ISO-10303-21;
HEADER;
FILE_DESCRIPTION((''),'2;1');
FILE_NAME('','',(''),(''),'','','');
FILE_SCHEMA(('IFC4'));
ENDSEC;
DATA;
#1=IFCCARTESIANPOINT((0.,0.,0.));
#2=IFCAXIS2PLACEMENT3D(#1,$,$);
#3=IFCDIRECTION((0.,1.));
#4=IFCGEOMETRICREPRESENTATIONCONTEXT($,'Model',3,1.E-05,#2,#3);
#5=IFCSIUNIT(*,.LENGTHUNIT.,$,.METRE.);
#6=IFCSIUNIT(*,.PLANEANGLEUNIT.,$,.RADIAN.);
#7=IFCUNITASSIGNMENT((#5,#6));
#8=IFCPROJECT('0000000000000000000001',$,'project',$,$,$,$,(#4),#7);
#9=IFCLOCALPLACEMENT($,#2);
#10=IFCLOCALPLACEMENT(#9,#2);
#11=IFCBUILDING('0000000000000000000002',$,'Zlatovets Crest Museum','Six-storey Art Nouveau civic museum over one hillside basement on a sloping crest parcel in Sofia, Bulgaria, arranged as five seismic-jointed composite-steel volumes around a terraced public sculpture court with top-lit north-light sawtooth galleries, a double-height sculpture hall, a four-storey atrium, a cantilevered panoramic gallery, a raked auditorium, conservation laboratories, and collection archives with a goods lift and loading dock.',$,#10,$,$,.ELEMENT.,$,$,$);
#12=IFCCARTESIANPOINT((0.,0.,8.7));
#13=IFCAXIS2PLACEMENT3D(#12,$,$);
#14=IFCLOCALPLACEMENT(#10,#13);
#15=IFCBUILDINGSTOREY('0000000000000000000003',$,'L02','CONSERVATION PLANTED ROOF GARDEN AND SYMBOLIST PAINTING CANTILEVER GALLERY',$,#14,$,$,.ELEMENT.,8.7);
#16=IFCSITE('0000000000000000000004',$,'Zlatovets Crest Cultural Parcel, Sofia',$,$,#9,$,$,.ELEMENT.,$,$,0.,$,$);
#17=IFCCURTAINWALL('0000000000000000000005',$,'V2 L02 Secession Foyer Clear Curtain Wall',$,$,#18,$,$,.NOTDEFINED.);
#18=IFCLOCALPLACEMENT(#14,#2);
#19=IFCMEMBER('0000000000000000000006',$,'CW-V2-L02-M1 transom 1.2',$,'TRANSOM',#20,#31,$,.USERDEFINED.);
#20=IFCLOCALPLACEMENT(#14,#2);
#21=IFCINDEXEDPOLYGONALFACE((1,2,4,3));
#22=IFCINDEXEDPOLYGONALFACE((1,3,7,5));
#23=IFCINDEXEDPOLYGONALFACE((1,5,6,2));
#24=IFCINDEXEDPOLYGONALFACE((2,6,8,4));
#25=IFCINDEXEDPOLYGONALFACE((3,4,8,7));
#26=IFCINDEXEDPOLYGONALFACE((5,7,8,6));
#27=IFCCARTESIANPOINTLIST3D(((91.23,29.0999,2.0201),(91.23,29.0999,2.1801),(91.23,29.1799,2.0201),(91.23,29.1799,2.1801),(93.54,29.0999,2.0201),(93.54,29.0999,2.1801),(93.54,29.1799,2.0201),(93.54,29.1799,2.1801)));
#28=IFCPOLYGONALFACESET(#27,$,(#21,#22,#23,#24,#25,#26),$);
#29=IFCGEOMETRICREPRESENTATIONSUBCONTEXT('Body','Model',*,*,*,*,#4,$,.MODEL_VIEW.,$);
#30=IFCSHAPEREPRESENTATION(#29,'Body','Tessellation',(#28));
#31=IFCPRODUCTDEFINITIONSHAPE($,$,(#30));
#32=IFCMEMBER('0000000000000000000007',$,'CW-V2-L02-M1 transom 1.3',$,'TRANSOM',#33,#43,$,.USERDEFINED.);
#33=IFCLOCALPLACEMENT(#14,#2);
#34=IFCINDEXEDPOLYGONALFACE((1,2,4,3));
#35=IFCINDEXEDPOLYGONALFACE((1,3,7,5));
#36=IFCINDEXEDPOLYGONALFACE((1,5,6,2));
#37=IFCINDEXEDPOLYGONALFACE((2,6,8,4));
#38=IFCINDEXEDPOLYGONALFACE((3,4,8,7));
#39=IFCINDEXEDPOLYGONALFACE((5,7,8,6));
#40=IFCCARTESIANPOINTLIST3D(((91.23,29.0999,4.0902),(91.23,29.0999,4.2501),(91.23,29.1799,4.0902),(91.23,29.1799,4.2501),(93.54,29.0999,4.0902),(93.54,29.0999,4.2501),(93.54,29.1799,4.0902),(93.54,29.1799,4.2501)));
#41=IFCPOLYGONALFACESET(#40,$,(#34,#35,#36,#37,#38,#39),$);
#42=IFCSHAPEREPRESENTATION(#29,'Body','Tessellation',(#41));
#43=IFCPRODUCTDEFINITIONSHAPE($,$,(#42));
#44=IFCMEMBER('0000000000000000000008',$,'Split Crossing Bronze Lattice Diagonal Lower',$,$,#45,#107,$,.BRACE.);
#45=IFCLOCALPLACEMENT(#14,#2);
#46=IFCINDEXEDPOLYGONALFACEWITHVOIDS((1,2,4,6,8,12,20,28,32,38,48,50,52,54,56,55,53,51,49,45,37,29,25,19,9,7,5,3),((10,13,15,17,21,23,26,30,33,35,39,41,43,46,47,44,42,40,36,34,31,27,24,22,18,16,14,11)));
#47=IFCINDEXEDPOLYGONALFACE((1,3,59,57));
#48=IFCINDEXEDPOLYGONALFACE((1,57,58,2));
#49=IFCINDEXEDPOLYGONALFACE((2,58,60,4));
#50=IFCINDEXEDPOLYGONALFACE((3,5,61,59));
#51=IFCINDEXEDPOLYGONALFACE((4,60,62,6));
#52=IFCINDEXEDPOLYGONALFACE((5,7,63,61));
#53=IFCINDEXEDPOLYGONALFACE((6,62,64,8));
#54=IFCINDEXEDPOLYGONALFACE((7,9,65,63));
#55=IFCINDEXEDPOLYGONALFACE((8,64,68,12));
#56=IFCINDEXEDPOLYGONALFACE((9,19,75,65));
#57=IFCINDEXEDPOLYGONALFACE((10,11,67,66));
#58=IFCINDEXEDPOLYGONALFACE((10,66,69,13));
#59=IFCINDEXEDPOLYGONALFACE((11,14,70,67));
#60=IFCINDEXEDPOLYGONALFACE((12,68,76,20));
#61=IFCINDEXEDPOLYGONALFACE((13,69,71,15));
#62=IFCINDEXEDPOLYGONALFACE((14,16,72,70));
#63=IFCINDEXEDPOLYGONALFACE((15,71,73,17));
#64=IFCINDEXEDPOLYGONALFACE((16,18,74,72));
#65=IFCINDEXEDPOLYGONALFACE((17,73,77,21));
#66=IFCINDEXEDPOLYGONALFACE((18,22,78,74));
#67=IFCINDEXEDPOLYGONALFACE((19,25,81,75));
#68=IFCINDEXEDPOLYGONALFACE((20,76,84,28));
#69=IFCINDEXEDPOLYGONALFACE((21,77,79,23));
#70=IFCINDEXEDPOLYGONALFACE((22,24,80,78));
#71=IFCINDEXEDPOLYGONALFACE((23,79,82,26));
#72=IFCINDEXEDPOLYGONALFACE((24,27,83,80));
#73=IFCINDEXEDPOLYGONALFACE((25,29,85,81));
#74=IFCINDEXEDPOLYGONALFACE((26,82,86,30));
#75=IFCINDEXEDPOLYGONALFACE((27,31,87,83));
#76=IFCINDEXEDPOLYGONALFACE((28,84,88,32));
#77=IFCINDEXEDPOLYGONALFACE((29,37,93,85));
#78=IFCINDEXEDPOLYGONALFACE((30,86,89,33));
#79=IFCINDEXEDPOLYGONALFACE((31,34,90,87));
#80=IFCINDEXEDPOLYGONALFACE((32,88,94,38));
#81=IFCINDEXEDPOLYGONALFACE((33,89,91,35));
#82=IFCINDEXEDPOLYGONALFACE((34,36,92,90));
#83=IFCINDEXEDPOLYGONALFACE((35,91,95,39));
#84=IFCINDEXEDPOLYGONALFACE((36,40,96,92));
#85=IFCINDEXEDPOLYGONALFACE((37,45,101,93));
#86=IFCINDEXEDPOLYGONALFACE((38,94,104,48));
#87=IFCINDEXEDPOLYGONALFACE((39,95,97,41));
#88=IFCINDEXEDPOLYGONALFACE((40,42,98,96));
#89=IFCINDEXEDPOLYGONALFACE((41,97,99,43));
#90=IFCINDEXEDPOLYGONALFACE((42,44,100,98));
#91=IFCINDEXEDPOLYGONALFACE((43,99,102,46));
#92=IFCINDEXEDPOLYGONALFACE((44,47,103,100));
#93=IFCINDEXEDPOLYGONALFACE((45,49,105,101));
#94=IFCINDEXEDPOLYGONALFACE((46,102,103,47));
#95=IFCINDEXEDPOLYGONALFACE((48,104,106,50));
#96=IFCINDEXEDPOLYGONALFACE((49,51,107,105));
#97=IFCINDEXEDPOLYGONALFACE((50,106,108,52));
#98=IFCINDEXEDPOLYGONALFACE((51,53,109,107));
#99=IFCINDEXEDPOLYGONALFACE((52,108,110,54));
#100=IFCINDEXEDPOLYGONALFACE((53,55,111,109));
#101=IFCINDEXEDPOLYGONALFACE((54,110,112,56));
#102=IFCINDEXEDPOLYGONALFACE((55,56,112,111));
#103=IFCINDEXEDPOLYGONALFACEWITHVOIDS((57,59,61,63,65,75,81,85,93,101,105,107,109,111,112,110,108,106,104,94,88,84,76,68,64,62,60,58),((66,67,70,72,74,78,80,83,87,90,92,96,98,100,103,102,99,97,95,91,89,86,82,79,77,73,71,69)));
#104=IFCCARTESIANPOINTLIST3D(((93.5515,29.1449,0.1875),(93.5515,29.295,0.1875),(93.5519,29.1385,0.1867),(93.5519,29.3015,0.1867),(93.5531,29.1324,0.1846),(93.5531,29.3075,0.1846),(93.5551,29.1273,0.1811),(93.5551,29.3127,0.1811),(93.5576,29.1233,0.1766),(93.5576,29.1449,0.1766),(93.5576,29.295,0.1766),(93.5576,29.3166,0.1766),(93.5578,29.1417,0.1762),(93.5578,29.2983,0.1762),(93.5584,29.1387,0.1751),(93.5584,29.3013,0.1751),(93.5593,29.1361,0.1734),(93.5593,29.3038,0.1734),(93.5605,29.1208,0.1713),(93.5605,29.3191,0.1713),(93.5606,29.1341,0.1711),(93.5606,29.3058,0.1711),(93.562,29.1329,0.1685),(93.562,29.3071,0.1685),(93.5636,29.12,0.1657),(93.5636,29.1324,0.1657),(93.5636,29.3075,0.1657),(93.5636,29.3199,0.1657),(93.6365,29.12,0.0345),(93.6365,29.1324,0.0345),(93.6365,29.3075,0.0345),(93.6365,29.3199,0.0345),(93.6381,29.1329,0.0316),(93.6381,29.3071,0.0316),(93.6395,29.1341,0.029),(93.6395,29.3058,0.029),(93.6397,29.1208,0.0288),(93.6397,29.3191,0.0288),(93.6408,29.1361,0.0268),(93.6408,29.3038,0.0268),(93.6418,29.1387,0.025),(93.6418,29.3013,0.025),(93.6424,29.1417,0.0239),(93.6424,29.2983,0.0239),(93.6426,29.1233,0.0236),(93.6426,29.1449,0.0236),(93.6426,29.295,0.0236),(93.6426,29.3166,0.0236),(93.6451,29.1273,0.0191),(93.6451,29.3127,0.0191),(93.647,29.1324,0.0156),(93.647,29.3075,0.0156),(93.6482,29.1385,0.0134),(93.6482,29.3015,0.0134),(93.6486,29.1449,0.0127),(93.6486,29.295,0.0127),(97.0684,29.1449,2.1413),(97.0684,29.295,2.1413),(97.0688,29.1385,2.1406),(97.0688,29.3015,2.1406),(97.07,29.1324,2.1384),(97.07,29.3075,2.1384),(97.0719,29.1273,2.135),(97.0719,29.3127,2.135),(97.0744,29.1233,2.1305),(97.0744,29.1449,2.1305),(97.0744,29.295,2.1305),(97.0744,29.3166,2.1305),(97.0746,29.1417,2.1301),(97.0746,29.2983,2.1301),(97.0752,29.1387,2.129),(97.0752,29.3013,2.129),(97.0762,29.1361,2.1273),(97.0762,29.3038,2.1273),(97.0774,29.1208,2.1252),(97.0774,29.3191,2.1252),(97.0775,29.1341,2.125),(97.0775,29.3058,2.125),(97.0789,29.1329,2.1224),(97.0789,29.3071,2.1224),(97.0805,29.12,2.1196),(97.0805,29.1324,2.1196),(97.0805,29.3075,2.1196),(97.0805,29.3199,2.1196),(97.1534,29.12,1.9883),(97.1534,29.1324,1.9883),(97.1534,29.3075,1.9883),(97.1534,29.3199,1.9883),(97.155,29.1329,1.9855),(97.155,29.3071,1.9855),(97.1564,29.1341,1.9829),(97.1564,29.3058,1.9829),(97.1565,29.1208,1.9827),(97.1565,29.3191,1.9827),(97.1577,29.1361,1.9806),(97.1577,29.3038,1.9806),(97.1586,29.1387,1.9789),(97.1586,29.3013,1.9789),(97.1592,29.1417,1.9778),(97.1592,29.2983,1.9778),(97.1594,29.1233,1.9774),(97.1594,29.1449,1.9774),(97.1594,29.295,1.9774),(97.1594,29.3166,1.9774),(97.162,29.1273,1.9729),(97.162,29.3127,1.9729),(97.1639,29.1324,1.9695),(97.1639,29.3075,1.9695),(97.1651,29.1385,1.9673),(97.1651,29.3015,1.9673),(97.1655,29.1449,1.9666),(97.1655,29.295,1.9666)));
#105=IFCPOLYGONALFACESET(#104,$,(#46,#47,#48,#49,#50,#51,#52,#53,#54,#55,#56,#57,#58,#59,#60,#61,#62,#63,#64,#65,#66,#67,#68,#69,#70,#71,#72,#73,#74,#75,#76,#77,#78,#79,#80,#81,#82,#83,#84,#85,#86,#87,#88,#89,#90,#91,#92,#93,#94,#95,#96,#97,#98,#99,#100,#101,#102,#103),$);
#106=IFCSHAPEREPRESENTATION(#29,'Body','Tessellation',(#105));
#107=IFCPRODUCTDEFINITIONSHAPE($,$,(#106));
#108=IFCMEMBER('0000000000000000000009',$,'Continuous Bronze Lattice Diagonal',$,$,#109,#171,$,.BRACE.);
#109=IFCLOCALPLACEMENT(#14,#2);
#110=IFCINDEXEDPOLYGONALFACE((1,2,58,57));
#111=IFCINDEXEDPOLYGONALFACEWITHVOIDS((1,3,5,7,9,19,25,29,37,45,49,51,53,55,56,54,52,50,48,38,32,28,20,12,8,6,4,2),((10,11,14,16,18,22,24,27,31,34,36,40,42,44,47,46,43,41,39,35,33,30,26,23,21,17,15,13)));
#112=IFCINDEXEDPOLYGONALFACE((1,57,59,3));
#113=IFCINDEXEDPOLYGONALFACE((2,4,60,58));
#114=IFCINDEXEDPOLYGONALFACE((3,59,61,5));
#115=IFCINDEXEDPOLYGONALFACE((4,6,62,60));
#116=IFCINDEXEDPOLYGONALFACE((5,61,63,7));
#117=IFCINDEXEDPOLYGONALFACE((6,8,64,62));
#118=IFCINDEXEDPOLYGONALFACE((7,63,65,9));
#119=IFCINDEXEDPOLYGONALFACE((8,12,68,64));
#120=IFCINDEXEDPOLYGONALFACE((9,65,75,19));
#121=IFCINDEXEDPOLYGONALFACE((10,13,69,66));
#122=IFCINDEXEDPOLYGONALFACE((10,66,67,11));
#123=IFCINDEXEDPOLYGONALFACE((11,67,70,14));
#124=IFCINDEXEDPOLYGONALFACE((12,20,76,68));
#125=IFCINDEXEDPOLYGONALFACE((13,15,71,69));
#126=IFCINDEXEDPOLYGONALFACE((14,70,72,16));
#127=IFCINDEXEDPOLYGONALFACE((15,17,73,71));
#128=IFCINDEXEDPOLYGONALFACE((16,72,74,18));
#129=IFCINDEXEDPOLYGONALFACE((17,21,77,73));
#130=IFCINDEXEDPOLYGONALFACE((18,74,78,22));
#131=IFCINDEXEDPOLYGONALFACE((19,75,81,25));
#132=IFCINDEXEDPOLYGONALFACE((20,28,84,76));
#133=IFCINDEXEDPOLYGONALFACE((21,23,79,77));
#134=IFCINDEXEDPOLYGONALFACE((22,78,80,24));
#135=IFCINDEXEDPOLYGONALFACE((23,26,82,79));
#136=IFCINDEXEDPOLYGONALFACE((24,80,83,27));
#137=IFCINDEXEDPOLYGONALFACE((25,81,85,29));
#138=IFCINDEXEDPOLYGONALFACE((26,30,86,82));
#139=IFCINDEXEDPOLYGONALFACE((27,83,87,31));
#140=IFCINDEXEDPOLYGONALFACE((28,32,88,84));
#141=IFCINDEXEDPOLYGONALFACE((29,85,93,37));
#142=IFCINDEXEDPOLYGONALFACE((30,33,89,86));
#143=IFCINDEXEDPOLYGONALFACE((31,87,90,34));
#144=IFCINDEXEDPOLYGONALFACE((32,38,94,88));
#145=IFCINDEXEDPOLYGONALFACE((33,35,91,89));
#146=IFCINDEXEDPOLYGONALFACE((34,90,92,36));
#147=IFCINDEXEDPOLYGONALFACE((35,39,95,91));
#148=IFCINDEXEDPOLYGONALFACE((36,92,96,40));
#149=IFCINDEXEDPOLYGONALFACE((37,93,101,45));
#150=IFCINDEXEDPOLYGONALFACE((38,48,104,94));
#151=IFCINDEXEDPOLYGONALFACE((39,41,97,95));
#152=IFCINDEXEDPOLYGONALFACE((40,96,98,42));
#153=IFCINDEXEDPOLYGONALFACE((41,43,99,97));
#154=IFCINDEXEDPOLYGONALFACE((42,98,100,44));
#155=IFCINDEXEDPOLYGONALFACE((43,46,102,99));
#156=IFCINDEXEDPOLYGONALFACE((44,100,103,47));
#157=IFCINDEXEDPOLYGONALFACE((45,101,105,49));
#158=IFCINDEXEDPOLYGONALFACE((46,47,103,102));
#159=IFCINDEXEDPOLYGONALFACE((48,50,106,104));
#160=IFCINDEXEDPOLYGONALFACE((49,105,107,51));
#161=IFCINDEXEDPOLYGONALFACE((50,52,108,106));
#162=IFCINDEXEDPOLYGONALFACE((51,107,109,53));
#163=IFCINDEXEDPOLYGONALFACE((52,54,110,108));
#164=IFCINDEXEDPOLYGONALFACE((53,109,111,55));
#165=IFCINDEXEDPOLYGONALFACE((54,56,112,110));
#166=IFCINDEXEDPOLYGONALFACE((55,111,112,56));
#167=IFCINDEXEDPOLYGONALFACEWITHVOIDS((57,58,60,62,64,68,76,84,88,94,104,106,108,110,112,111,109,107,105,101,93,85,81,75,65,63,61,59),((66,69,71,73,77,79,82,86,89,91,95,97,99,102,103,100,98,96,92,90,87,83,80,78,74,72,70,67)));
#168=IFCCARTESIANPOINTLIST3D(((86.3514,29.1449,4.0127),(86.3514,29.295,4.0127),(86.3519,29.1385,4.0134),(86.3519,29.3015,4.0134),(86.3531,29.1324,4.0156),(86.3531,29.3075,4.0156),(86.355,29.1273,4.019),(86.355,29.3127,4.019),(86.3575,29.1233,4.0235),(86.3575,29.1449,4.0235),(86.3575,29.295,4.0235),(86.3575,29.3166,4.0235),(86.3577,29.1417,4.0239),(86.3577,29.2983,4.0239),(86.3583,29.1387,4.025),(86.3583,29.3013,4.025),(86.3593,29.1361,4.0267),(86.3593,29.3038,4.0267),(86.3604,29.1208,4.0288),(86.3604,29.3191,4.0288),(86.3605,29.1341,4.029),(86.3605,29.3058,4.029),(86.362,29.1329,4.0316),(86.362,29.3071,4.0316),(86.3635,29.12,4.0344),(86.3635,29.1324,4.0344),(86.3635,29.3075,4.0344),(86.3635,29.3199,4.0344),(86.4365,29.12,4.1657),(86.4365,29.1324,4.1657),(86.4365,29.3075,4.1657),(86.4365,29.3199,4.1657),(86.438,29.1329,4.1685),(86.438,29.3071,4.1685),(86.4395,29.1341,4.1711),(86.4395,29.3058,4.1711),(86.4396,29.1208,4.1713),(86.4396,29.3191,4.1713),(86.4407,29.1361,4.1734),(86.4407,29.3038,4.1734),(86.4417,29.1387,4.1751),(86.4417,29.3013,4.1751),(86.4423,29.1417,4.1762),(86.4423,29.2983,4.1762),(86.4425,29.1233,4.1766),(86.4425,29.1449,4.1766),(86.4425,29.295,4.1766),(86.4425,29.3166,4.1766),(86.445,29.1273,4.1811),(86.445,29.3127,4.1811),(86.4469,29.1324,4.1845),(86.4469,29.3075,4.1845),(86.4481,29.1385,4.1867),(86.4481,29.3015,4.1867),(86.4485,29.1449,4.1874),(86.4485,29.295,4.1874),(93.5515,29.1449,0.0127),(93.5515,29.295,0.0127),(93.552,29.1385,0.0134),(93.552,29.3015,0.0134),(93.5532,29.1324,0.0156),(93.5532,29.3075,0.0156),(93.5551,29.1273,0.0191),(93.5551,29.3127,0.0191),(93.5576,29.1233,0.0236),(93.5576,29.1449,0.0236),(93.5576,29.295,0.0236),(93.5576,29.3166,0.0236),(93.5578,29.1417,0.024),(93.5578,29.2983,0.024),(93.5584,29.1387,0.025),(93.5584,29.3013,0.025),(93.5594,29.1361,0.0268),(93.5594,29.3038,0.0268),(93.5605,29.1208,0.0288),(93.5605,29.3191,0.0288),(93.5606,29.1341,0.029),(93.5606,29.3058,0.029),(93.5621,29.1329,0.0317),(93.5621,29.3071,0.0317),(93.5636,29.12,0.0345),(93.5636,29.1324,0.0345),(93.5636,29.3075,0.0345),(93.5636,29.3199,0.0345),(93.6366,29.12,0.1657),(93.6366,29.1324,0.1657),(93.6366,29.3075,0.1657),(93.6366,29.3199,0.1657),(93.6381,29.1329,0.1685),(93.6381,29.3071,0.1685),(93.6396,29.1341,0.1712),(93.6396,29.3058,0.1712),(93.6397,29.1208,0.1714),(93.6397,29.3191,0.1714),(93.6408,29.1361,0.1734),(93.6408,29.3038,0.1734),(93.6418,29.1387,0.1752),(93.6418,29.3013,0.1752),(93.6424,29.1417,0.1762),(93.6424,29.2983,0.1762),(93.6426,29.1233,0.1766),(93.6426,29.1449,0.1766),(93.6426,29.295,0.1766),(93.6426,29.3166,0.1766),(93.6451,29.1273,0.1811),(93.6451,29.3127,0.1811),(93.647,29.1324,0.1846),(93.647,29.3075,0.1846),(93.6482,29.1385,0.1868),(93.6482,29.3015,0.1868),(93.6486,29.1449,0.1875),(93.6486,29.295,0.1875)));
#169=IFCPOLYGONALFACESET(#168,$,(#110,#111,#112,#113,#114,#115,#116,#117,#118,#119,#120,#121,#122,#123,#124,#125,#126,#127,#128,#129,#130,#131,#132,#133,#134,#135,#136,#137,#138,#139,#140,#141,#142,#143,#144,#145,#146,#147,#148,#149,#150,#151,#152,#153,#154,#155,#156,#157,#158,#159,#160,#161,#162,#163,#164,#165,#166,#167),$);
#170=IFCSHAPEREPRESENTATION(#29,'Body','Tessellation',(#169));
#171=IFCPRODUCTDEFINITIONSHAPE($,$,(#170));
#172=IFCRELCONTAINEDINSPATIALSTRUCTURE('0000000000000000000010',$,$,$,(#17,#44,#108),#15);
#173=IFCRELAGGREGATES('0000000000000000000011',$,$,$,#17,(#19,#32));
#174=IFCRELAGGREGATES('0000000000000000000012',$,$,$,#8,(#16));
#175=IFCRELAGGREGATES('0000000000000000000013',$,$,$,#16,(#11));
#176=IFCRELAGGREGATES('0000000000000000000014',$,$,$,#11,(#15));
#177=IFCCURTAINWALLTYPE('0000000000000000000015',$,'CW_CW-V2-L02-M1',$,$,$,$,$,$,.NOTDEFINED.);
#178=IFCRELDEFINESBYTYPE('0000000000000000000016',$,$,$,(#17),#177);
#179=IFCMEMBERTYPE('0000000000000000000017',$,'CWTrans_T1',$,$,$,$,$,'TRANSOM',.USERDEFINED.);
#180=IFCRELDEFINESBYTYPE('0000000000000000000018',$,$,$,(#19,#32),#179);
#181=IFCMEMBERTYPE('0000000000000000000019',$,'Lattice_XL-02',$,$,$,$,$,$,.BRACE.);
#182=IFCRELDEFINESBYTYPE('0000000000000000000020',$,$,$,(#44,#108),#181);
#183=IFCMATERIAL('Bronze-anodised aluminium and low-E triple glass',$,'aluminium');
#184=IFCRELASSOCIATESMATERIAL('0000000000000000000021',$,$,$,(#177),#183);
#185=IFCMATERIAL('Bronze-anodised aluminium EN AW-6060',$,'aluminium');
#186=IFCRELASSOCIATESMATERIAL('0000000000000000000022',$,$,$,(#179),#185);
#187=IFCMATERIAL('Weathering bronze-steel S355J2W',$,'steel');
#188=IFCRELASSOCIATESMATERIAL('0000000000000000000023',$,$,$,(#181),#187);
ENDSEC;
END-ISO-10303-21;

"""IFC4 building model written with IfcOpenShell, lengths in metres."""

from ifc_helpers import new_model, si_unit, direction, frame, origin, origin_2d, place, context, subcontext, project, spatial, rectangle, hollow_rectangle, extrude, material, material_profile, profile_set, type_object, element, aggregate, save


model = new_model("IFC4")

# Units and contexts
model_context = context("Model", 3, precision=1e-05, world=origin(), true_north=direction((0.0, 1.0)))
body_context = subcontext(model_context, "Body", "Model", "MODEL_VIEW")
ifc_project = project(units=[si_unit("LENGTHUNIT", "METRE"), si_unit("PLANEANGLEUNIT", "RADIAN")], contexts=[model_context])

# Site, building, storey
site_placement = place(None, origin())
site = spatial("IfcSite", under=ifc_project, at=site_placement, Name="Zlatovets Crest Cultural Parcel, Sofia", CompositionType="ELEMENT", RefElevation=0.0)
building_placement = place(site_placement, origin())
building = spatial("IfcBuilding", under=site, at=building_placement, Name="Zlatovets Crest Museum", Description="Six-storey Art Nouveau civic museum over one hillside basement on a sloping crest parcel in Sofia, Bulgaria, arranged as five seismic-jointed composite-steel volumes around a terraced public sculpture court with top-lit north-light sawtooth galleries, a double-height sculpture hall, a four-storey atrium, a cantilevered panoramic gallery, a raked auditorium, conservation laboratories, and collection archives with a goods lift and loading dock.", CompositionType="ELEMENT")
storey_placement = place(building_placement, frame((0.0, 0.0, 8.7)))
storey = spatial("IfcBuildingStorey", under=building, at=storey_placement, Name="L02", Description="CONSERVATION PLANTED ROOF GARDEN AND SYMBOLIST PAINTING CANTILEVER GALLERY", CompositionType="ELEMENT", Elevation=8.7)

# Shared definitions
ifc_material_1 = material(Name="Bronze-anodised aluminium and low-E triple glass", Category="aluminium")
ifc_material_2 = material(Name="Bronze-anodised aluminium EN AW-6060", Category="aluminium")

# Curtain wall
curtain_wall_type_1 = type_object("IfcCurtainWallType", Name="CW_CW-V2-L02-M1", PredefinedType="NOTDEFINED", material=ifc_material_1)
curtain_wall_1_placement = place(storey_placement, origin())
curtain_wall_1 = element("IfcCurtainWall", 1, at=curtain_wall_1_placement, inside=storey, type_object=curtain_wall_type_1, Name="V2 L02 Secession Foyer Clear Curtain Wall", PredefinedType="NOTDEFINED")

# Members
ifc_material_profile_1 = material_profile(ifc_material_2, rectangle(XDim=0.0801, YDim=0.1599, at=origin_2d()), Name="ALU 80x160")
ifc_profile_set_1 = profile_set([ifc_material_profile_1], Name="Bronze-anodised aluminium EN AW-6060")
member_type_1 = type_object("IfcMemberType", Name="CWTrans_T1", ElementType="TRANSOM", PredefinedType="USERDEFINED", material=ifc_profile_set_1)
member_1_placement = place(storey_placement, frame((93.54, 29.1399, 2.1001), z_axis=(-1.0, 0.0, 0.0), x_axis=(0.0, -1.0, 0.0)))
member_1 = element("IfcMember", 2, at=member_1_placement, type_object=member_type_1, Name="CW-V2-L02-M1 transom 1.2", ObjectType="TRANSOM", PredefinedType="USERDEFINED", context=body_context, shape_type="SweptSolid", body=[
    extrude(rectangle(XDim=0.0801, YDim=0.1599, at=origin_2d()), origin(), (0.0, 0.0, 1.0), 2.3101),
])
member_2_placement = place(storey_placement, frame((93.54, 29.1399, 4.1702), z_axis=(-1.0, 0.0, 0.0), x_axis=(0.0, -1.0, 0.0)))
member_2 = element("IfcMember", 3, at=member_2_placement, type_object=member_type_1, Name="CW-V2-L02-M1 transom 1.3", ObjectType="TRANSOM", PredefinedType="USERDEFINED", context=body_context, shape_type="SweptSolid", body=[
    extrude(rectangle(XDim=0.0801, YDim=0.1599, at=origin_2d()), origin(), (0.0, 0.0, 1.0), 2.3101),
])

# Members
ifc_material_3 = material(Name="Weathering bronze-steel S355J2W", Category="steel")
ifc_material_profile_2 = material_profile(ifc_material_3, hollow_rectangle(XDim=0.2, YDim=0.2, WallThickness=0.0125, InnerFilletRadius=0.0125, OuterFilletRadius=0.0249, at=origin_2d()), Name="SHS 200x200x12.5")
ifc_profile_set_2 = profile_set([ifc_material_profile_2], Name="Weathering bronze-steel S355J2W")
member_type_2 = type_object("IfcMemberType", Name="Lattice_XL-02", PredefinedType="BRACE", material=ifc_profile_set_2)
member_3_placement = place(storey_placement, frame((97.1169, 29.22, 2.054), z_axis=(-0.874152, 0.0, -0.485653), x_axis=(0.0, -1.0, 0.0)))
element("IfcMember", 4, at=member_3_placement, inside=storey, type_object=member_type_2, Name="Split Crossing Bronze Lattice Diagonal Lower", PredefinedType="BRACE", context=body_context, shape_type="SweptSolid", body=[
    extrude(hollow_rectangle(XDim=0.2, YDim=0.2, WallThickness=0.0125, InnerFilletRadius=0.0125, OuterFilletRadius=0.0249, at=origin_2d()), origin(), (0.0, 0.0, 1.0), 4.0232),
])
member_4_placement = place(storey_placement, frame((93.6001, 29.22, 0.1001), z_axis=(-0.874163, 0.0, 0.485633), x_axis=(0.0, -1.0, 0.0)))
element("IfcMember", 5, at=member_4_placement, inside=storey, type_object=member_type_2, Name="Continuous Bronze Lattice Diagonal", PredefinedType="BRACE", context=body_context, shape_type="SweptSolid", body=[
    extrude(hollow_rectangle(XDim=0.2, YDim=0.2, WallThickness=0.0125, InnerFilletRadius=0.0125, OuterFilletRadius=0.0249, at=origin_2d()), origin(), (0.0, 0.0, 1.0), 8.2366),
])

aggregate(curtain_wall_1, [member_1, member_2])

save(model, "model.ifc")
